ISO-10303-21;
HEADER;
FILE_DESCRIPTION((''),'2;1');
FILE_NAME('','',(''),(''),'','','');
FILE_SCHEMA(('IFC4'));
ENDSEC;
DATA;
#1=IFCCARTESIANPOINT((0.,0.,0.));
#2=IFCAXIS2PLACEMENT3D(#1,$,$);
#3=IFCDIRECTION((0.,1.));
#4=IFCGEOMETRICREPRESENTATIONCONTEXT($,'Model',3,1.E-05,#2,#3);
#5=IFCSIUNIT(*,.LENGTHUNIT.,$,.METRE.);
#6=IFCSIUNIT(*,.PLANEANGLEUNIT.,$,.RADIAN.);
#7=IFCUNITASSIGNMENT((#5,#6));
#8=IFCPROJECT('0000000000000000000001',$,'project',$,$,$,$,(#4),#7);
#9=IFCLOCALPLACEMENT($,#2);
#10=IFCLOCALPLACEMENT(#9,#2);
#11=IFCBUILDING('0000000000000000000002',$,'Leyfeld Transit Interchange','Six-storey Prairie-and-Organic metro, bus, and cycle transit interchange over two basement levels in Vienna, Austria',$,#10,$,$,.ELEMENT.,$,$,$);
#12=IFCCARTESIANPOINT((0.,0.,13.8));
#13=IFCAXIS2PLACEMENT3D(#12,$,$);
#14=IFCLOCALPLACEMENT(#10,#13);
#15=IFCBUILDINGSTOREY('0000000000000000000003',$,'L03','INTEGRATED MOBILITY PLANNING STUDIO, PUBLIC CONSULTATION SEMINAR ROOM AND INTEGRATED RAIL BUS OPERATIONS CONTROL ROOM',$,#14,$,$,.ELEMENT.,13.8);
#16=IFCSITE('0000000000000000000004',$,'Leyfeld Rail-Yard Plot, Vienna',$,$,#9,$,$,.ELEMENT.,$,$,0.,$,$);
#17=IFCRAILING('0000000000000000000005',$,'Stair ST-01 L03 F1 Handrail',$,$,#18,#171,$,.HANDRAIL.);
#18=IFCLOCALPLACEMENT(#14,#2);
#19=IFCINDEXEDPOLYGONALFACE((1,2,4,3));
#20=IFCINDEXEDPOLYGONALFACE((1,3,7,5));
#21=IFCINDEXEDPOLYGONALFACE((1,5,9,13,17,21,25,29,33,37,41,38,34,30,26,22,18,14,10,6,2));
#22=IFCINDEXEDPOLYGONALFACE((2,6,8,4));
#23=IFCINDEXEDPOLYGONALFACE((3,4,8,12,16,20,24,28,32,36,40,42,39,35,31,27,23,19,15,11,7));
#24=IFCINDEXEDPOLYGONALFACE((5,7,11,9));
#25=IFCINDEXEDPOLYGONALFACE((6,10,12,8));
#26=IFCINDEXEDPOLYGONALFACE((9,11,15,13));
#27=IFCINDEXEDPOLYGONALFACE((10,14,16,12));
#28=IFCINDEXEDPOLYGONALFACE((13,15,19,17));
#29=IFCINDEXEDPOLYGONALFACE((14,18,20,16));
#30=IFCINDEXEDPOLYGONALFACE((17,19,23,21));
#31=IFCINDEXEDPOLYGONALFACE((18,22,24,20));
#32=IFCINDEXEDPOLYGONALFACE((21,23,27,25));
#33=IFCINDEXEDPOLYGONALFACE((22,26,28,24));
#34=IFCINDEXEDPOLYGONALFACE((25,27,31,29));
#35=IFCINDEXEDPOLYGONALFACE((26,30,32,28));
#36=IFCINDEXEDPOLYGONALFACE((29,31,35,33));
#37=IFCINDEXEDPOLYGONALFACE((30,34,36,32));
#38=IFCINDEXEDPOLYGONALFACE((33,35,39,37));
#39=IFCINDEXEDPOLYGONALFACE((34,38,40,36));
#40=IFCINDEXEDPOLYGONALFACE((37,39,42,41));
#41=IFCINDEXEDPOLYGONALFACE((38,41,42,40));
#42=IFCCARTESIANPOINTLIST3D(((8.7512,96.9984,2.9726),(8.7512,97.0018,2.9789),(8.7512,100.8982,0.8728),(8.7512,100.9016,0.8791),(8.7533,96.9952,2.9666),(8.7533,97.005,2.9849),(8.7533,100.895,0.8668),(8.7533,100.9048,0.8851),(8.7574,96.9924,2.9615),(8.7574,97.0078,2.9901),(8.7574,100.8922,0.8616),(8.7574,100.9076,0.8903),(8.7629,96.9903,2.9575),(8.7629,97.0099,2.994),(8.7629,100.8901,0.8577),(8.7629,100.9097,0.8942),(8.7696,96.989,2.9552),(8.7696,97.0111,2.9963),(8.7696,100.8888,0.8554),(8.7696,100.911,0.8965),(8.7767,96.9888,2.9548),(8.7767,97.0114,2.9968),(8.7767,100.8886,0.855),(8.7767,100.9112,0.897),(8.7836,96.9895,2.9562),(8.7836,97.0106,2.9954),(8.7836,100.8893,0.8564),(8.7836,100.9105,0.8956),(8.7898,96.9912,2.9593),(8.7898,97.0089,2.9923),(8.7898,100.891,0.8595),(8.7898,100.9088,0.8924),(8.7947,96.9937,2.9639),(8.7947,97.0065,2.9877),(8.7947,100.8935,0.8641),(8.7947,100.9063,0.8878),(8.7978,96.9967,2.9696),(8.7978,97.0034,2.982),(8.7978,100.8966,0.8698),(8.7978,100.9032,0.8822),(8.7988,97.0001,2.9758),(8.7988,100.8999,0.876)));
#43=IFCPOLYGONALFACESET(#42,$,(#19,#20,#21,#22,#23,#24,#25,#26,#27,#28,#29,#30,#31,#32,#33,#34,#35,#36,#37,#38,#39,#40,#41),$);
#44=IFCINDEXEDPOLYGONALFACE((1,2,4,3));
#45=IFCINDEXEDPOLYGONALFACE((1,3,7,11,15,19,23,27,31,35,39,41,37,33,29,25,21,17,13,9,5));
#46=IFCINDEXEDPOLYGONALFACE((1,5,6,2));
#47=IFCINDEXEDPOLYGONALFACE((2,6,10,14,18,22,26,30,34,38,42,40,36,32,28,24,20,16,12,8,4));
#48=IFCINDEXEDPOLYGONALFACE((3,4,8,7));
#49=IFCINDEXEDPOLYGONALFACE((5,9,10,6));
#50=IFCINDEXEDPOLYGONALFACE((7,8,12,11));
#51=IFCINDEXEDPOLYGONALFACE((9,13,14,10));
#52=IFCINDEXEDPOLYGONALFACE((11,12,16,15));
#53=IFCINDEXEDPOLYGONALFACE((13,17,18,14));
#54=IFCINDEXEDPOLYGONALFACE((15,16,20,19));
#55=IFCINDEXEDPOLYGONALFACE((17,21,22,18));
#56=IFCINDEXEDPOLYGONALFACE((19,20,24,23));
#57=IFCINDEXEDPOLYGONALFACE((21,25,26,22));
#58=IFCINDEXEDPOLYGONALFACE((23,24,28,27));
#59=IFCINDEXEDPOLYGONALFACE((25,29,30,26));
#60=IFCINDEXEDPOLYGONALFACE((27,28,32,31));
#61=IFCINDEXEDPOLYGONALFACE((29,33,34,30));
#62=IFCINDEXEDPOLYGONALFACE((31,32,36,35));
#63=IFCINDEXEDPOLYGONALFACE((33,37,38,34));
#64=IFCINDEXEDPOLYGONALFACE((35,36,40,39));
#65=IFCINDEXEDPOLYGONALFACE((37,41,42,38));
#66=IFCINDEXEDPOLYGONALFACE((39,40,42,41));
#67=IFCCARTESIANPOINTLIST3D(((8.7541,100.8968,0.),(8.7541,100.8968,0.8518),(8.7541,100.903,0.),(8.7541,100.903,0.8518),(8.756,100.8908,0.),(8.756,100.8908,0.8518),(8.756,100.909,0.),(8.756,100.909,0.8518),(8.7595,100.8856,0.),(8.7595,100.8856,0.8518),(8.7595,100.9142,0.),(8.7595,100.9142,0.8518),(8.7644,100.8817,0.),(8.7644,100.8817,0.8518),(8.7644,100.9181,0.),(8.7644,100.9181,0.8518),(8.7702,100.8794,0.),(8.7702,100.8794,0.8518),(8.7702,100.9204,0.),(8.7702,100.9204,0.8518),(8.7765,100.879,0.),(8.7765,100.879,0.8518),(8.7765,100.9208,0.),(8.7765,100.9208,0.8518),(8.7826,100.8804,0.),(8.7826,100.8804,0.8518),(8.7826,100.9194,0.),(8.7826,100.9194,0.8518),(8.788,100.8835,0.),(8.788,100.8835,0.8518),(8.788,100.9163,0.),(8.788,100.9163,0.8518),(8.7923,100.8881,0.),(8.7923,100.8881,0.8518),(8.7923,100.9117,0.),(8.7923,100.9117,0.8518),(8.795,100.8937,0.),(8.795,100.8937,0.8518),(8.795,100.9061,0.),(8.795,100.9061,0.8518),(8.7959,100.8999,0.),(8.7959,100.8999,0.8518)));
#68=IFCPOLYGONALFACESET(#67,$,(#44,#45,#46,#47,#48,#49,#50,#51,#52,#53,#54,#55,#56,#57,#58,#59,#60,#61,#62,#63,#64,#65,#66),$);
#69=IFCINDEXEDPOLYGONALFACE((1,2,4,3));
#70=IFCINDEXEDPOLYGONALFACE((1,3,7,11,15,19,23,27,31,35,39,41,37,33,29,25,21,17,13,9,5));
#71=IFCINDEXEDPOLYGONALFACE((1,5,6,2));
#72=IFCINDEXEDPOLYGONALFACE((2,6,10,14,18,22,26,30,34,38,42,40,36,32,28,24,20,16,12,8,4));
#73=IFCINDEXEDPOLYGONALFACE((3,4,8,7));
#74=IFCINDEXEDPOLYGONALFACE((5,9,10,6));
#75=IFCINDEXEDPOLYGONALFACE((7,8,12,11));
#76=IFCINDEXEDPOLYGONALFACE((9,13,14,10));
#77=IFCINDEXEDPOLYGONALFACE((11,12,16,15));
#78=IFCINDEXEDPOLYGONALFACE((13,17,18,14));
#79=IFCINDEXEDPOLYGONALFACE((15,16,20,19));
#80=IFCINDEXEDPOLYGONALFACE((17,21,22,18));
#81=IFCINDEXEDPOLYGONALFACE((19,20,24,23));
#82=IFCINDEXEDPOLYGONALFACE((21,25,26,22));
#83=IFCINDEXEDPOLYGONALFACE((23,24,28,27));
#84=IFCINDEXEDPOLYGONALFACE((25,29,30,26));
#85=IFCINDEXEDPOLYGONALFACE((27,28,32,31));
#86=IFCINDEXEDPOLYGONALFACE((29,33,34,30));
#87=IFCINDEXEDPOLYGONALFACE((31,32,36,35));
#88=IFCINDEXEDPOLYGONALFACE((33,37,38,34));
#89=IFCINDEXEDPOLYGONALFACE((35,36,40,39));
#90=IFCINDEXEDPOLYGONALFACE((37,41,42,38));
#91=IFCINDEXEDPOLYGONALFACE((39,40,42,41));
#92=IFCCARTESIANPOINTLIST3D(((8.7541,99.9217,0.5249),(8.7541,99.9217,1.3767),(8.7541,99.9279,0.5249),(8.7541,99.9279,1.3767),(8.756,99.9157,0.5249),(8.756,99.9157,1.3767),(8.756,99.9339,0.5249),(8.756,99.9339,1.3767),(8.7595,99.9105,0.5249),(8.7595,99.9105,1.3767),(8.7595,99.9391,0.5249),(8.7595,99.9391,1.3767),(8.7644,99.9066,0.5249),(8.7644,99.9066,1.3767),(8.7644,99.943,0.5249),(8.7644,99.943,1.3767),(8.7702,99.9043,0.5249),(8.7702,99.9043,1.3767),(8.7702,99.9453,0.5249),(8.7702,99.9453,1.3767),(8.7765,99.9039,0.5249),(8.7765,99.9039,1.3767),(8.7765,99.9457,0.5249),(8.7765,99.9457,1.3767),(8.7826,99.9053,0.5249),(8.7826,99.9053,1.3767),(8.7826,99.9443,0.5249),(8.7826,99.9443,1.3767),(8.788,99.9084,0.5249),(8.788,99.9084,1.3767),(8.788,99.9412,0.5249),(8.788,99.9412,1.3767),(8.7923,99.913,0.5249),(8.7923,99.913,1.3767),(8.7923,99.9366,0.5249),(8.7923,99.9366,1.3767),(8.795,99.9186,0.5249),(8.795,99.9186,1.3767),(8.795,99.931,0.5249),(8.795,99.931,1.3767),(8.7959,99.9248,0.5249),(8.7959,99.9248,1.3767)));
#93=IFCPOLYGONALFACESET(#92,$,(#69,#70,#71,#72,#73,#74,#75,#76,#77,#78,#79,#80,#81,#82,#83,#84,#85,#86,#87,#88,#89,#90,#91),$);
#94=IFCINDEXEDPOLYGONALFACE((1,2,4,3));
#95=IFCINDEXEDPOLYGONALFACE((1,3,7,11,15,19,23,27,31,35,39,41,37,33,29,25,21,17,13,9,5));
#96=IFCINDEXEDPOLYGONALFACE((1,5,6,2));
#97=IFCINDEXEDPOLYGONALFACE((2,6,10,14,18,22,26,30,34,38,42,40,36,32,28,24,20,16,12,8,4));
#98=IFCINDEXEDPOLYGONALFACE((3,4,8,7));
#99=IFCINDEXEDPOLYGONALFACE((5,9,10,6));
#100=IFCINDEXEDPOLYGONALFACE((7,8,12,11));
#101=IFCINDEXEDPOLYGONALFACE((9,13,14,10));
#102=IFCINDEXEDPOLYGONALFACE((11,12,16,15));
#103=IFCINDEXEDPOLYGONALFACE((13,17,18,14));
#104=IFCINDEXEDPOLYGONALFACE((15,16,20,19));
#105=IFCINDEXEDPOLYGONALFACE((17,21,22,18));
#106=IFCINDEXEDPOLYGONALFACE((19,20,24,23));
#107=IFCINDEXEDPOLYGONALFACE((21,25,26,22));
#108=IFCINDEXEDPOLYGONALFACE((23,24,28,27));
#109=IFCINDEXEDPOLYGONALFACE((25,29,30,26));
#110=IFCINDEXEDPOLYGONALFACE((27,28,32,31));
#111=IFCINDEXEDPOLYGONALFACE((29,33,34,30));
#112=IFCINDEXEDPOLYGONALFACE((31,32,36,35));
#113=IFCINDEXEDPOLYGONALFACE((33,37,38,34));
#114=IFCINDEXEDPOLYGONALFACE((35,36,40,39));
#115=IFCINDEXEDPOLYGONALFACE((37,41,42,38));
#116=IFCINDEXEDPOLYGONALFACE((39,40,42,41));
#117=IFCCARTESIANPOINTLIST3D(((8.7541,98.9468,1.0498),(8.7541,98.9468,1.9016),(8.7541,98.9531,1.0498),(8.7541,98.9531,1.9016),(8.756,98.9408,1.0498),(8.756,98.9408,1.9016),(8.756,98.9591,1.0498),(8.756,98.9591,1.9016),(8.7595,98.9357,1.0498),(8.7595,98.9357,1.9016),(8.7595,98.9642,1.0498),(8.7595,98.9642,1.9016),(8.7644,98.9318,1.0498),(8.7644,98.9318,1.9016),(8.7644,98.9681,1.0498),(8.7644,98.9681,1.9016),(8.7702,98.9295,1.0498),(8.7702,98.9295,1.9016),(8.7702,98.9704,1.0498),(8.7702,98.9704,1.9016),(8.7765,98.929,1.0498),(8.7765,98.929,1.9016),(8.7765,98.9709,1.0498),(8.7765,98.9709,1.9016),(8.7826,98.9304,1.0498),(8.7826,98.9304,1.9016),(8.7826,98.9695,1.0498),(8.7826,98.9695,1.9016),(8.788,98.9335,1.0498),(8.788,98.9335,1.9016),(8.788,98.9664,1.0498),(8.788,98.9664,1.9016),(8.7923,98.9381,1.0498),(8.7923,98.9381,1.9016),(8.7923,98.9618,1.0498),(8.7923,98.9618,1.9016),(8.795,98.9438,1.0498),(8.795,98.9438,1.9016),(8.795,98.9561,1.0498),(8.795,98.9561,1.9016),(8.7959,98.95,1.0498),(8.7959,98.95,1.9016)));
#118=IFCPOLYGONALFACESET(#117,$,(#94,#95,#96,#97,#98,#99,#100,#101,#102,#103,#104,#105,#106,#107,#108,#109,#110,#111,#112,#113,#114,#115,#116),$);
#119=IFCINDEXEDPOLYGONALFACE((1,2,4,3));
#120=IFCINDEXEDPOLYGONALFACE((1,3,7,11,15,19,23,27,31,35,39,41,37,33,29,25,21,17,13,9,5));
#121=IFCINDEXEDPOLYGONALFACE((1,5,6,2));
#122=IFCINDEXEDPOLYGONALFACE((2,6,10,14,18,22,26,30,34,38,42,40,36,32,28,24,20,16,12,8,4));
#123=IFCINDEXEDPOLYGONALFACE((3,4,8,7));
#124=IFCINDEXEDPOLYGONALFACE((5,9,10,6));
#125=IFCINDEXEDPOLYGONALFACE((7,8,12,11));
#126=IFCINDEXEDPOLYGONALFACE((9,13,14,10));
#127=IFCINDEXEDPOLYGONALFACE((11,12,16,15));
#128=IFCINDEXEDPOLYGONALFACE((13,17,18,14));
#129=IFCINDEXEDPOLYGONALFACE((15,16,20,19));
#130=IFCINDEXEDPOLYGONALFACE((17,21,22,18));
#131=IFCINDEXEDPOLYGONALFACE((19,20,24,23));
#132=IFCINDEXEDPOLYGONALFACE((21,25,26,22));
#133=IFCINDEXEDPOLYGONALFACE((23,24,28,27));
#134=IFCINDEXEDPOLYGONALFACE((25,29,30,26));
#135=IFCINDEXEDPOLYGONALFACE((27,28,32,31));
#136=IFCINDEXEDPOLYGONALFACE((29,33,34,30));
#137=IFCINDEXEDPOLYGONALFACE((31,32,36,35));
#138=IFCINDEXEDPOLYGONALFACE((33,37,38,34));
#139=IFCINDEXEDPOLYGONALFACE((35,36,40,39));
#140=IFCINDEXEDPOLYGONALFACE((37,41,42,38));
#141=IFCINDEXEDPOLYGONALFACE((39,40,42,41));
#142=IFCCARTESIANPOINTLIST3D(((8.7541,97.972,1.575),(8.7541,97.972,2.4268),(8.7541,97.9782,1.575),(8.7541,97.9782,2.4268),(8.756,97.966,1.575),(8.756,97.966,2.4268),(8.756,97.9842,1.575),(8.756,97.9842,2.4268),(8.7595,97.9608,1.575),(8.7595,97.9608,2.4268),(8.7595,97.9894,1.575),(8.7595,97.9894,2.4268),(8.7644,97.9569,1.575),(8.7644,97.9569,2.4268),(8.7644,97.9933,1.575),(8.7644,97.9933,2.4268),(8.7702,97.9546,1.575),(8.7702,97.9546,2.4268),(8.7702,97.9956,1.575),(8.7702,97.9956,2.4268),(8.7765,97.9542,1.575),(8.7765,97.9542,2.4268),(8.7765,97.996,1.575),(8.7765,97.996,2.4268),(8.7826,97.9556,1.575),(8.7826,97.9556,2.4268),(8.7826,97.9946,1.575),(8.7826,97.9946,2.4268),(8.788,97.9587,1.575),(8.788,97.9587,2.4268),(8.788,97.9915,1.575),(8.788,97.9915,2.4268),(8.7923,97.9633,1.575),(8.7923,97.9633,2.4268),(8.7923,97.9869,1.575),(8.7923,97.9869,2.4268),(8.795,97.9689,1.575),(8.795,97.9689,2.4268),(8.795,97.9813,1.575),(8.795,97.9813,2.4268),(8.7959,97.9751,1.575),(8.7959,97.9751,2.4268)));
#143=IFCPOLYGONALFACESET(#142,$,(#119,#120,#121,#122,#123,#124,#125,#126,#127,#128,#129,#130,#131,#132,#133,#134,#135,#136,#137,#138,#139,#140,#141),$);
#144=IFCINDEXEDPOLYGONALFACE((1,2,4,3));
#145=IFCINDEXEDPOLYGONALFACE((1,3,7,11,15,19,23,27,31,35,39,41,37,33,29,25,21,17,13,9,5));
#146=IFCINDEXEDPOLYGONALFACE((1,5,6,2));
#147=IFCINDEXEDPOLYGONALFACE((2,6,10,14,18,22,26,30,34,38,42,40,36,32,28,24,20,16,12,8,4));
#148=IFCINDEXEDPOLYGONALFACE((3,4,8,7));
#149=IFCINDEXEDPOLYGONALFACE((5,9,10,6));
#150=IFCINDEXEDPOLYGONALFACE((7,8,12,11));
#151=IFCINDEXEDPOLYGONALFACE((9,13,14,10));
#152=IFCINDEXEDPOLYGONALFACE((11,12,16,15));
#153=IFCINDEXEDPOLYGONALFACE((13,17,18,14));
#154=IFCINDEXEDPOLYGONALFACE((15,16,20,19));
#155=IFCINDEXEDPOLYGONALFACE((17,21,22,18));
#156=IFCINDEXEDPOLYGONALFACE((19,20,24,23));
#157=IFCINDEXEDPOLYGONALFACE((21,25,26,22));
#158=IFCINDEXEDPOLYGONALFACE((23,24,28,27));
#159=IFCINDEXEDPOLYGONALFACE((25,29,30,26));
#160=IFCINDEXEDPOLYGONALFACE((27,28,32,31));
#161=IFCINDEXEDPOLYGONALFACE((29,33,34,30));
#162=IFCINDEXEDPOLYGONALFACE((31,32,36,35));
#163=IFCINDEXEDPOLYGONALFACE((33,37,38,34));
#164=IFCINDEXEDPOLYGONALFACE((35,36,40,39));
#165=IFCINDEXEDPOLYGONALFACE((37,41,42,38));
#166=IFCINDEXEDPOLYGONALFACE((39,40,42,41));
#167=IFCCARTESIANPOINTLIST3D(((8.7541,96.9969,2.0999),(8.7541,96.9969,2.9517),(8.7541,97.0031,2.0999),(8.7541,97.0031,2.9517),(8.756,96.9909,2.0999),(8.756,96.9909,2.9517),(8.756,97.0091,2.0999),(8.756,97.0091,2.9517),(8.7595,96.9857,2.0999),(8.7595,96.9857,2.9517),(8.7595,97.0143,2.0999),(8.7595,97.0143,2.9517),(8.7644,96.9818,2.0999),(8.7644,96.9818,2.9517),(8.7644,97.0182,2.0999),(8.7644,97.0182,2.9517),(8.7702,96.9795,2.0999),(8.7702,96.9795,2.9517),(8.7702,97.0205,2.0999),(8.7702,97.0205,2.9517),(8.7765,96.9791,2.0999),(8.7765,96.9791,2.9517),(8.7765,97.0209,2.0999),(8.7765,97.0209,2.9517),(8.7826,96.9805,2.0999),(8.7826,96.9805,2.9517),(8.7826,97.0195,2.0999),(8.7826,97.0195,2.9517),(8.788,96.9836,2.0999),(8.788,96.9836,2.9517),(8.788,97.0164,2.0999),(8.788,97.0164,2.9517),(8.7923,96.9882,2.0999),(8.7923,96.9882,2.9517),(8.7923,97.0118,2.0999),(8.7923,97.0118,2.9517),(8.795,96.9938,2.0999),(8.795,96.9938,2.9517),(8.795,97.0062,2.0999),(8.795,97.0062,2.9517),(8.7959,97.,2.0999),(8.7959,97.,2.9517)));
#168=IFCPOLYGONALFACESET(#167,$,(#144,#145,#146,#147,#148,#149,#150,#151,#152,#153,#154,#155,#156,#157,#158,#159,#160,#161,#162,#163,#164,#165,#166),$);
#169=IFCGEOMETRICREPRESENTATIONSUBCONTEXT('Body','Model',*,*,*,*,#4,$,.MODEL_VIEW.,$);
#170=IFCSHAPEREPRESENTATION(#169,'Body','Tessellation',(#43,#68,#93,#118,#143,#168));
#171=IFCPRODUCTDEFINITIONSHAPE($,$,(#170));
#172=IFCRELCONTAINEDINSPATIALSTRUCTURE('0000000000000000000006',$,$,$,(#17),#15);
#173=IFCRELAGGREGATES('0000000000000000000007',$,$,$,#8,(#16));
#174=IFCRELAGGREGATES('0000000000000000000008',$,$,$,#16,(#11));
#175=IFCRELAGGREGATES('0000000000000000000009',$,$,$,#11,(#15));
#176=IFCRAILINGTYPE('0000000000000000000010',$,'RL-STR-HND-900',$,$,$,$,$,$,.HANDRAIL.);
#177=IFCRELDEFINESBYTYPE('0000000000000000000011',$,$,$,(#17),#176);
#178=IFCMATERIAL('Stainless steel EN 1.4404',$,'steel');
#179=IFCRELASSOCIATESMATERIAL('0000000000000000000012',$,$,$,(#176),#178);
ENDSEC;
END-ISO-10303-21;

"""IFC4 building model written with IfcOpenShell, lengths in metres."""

from ifc_helpers import new_model, si_unit, direction, frame, origin, origin_2d, place, context, subcontext, project, spatial, circle, extrude, material, type_object, element, save


model = new_model("IFC4")

# Units and contexts
model_context = context("Model", 3, precision=1e-05, world=origin(), true_north=direction((0.0, 1.0)))
body_context = subcontext(model_context, "Body", "Model", "MODEL_VIEW")
ifc_project = project(units=[si_unit("LENGTHUNIT", "METRE"), si_unit("PLANEANGLEUNIT", "RADIAN")], contexts=[model_context])

# Site, building, storey
site_placement = place(None, origin())
site = spatial("IfcSite", under=ifc_project, at=site_placement, Name="Leyfeld Rail-Yard Plot, Vienna", CompositionType="ELEMENT", RefElevation=0.0)
building_placement = place(site_placement, origin())
building = spatial("IfcBuilding", under=site, at=building_placement, Name="Leyfeld Transit Interchange", Description="Six-storey Prairie-and-Organic metro, bus, and cycle transit interchange over two basement levels in Vienna, Austria", CompositionType="ELEMENT")
storey_placement = place(building_placement, frame((0.0, 0.0, 13.8)))
storey = spatial("IfcBuildingStorey", under=building, at=storey_placement, Name="L03", Description="INTEGRATED MOBILITY PLANNING STUDIO, PUBLIC CONSULTATION SEMINAR ROOM AND INTEGRATED RAIL BUS OPERATIONS CONTROL ROOM", CompositionType="ELEMENT", Elevation=13.8)

# Shared definitions
ifc_material_1 = material(Name="Stainless steel EN 1.4404", Category="steel")

# Railing
railing_type_1 = type_object("IfcRailingType", Name="RL-STR-HND-900", PredefinedType="HANDRAIL", material=ifc_material_1)
railing_1_placement = place(storey_placement, frame((8.7749, 100.8999, 0.0)))
element("IfcRailing", 1, at=railing_1_placement, inside=storey, type_object=railing_type_1, Name="Stair ST-01 L03 F1 Handrail", PredefinedType="HANDRAIL", context=body_context, shape_type="SweptSolid", body=[
    extrude(circle(Radius=0.0239, at=origin_2d()), frame((0.0, 0.0, 0.876), z_axis=(0.0, -0.88048, 0.474083), x_axis=(1.0, 0.0, 0.0)), (0.0, 0.0, 1.0), 4.4292),
    extrude(circle(Radius=0.021, at=origin_2d()), origin(), (0.0, 0.0, 1.0), 0.8518),
    extrude(circle(Radius=0.021, at=origin_2d()), frame((0.0, -0.9751, 0.5249)), (0.0, 0.0, 1.0), 0.8518),
    extrude(circle(Radius=0.021, at=origin_2d()), frame((0.0, -1.95, 1.0498)), (0.0, 0.0, 1.0), 0.8518),
    extrude(circle(Radius=0.021, at=origin_2d()), frame((0.0, -2.9248, 1.575)), (0.0, 0.0, 1.0), 0.8518),
    extrude(circle(Radius=0.021, at=origin_2d()), frame((0.0, -3.8999, 2.0999)), (0.0, 0.0, 1.0), 0.8518),
])

save(model, "model.ifc")
